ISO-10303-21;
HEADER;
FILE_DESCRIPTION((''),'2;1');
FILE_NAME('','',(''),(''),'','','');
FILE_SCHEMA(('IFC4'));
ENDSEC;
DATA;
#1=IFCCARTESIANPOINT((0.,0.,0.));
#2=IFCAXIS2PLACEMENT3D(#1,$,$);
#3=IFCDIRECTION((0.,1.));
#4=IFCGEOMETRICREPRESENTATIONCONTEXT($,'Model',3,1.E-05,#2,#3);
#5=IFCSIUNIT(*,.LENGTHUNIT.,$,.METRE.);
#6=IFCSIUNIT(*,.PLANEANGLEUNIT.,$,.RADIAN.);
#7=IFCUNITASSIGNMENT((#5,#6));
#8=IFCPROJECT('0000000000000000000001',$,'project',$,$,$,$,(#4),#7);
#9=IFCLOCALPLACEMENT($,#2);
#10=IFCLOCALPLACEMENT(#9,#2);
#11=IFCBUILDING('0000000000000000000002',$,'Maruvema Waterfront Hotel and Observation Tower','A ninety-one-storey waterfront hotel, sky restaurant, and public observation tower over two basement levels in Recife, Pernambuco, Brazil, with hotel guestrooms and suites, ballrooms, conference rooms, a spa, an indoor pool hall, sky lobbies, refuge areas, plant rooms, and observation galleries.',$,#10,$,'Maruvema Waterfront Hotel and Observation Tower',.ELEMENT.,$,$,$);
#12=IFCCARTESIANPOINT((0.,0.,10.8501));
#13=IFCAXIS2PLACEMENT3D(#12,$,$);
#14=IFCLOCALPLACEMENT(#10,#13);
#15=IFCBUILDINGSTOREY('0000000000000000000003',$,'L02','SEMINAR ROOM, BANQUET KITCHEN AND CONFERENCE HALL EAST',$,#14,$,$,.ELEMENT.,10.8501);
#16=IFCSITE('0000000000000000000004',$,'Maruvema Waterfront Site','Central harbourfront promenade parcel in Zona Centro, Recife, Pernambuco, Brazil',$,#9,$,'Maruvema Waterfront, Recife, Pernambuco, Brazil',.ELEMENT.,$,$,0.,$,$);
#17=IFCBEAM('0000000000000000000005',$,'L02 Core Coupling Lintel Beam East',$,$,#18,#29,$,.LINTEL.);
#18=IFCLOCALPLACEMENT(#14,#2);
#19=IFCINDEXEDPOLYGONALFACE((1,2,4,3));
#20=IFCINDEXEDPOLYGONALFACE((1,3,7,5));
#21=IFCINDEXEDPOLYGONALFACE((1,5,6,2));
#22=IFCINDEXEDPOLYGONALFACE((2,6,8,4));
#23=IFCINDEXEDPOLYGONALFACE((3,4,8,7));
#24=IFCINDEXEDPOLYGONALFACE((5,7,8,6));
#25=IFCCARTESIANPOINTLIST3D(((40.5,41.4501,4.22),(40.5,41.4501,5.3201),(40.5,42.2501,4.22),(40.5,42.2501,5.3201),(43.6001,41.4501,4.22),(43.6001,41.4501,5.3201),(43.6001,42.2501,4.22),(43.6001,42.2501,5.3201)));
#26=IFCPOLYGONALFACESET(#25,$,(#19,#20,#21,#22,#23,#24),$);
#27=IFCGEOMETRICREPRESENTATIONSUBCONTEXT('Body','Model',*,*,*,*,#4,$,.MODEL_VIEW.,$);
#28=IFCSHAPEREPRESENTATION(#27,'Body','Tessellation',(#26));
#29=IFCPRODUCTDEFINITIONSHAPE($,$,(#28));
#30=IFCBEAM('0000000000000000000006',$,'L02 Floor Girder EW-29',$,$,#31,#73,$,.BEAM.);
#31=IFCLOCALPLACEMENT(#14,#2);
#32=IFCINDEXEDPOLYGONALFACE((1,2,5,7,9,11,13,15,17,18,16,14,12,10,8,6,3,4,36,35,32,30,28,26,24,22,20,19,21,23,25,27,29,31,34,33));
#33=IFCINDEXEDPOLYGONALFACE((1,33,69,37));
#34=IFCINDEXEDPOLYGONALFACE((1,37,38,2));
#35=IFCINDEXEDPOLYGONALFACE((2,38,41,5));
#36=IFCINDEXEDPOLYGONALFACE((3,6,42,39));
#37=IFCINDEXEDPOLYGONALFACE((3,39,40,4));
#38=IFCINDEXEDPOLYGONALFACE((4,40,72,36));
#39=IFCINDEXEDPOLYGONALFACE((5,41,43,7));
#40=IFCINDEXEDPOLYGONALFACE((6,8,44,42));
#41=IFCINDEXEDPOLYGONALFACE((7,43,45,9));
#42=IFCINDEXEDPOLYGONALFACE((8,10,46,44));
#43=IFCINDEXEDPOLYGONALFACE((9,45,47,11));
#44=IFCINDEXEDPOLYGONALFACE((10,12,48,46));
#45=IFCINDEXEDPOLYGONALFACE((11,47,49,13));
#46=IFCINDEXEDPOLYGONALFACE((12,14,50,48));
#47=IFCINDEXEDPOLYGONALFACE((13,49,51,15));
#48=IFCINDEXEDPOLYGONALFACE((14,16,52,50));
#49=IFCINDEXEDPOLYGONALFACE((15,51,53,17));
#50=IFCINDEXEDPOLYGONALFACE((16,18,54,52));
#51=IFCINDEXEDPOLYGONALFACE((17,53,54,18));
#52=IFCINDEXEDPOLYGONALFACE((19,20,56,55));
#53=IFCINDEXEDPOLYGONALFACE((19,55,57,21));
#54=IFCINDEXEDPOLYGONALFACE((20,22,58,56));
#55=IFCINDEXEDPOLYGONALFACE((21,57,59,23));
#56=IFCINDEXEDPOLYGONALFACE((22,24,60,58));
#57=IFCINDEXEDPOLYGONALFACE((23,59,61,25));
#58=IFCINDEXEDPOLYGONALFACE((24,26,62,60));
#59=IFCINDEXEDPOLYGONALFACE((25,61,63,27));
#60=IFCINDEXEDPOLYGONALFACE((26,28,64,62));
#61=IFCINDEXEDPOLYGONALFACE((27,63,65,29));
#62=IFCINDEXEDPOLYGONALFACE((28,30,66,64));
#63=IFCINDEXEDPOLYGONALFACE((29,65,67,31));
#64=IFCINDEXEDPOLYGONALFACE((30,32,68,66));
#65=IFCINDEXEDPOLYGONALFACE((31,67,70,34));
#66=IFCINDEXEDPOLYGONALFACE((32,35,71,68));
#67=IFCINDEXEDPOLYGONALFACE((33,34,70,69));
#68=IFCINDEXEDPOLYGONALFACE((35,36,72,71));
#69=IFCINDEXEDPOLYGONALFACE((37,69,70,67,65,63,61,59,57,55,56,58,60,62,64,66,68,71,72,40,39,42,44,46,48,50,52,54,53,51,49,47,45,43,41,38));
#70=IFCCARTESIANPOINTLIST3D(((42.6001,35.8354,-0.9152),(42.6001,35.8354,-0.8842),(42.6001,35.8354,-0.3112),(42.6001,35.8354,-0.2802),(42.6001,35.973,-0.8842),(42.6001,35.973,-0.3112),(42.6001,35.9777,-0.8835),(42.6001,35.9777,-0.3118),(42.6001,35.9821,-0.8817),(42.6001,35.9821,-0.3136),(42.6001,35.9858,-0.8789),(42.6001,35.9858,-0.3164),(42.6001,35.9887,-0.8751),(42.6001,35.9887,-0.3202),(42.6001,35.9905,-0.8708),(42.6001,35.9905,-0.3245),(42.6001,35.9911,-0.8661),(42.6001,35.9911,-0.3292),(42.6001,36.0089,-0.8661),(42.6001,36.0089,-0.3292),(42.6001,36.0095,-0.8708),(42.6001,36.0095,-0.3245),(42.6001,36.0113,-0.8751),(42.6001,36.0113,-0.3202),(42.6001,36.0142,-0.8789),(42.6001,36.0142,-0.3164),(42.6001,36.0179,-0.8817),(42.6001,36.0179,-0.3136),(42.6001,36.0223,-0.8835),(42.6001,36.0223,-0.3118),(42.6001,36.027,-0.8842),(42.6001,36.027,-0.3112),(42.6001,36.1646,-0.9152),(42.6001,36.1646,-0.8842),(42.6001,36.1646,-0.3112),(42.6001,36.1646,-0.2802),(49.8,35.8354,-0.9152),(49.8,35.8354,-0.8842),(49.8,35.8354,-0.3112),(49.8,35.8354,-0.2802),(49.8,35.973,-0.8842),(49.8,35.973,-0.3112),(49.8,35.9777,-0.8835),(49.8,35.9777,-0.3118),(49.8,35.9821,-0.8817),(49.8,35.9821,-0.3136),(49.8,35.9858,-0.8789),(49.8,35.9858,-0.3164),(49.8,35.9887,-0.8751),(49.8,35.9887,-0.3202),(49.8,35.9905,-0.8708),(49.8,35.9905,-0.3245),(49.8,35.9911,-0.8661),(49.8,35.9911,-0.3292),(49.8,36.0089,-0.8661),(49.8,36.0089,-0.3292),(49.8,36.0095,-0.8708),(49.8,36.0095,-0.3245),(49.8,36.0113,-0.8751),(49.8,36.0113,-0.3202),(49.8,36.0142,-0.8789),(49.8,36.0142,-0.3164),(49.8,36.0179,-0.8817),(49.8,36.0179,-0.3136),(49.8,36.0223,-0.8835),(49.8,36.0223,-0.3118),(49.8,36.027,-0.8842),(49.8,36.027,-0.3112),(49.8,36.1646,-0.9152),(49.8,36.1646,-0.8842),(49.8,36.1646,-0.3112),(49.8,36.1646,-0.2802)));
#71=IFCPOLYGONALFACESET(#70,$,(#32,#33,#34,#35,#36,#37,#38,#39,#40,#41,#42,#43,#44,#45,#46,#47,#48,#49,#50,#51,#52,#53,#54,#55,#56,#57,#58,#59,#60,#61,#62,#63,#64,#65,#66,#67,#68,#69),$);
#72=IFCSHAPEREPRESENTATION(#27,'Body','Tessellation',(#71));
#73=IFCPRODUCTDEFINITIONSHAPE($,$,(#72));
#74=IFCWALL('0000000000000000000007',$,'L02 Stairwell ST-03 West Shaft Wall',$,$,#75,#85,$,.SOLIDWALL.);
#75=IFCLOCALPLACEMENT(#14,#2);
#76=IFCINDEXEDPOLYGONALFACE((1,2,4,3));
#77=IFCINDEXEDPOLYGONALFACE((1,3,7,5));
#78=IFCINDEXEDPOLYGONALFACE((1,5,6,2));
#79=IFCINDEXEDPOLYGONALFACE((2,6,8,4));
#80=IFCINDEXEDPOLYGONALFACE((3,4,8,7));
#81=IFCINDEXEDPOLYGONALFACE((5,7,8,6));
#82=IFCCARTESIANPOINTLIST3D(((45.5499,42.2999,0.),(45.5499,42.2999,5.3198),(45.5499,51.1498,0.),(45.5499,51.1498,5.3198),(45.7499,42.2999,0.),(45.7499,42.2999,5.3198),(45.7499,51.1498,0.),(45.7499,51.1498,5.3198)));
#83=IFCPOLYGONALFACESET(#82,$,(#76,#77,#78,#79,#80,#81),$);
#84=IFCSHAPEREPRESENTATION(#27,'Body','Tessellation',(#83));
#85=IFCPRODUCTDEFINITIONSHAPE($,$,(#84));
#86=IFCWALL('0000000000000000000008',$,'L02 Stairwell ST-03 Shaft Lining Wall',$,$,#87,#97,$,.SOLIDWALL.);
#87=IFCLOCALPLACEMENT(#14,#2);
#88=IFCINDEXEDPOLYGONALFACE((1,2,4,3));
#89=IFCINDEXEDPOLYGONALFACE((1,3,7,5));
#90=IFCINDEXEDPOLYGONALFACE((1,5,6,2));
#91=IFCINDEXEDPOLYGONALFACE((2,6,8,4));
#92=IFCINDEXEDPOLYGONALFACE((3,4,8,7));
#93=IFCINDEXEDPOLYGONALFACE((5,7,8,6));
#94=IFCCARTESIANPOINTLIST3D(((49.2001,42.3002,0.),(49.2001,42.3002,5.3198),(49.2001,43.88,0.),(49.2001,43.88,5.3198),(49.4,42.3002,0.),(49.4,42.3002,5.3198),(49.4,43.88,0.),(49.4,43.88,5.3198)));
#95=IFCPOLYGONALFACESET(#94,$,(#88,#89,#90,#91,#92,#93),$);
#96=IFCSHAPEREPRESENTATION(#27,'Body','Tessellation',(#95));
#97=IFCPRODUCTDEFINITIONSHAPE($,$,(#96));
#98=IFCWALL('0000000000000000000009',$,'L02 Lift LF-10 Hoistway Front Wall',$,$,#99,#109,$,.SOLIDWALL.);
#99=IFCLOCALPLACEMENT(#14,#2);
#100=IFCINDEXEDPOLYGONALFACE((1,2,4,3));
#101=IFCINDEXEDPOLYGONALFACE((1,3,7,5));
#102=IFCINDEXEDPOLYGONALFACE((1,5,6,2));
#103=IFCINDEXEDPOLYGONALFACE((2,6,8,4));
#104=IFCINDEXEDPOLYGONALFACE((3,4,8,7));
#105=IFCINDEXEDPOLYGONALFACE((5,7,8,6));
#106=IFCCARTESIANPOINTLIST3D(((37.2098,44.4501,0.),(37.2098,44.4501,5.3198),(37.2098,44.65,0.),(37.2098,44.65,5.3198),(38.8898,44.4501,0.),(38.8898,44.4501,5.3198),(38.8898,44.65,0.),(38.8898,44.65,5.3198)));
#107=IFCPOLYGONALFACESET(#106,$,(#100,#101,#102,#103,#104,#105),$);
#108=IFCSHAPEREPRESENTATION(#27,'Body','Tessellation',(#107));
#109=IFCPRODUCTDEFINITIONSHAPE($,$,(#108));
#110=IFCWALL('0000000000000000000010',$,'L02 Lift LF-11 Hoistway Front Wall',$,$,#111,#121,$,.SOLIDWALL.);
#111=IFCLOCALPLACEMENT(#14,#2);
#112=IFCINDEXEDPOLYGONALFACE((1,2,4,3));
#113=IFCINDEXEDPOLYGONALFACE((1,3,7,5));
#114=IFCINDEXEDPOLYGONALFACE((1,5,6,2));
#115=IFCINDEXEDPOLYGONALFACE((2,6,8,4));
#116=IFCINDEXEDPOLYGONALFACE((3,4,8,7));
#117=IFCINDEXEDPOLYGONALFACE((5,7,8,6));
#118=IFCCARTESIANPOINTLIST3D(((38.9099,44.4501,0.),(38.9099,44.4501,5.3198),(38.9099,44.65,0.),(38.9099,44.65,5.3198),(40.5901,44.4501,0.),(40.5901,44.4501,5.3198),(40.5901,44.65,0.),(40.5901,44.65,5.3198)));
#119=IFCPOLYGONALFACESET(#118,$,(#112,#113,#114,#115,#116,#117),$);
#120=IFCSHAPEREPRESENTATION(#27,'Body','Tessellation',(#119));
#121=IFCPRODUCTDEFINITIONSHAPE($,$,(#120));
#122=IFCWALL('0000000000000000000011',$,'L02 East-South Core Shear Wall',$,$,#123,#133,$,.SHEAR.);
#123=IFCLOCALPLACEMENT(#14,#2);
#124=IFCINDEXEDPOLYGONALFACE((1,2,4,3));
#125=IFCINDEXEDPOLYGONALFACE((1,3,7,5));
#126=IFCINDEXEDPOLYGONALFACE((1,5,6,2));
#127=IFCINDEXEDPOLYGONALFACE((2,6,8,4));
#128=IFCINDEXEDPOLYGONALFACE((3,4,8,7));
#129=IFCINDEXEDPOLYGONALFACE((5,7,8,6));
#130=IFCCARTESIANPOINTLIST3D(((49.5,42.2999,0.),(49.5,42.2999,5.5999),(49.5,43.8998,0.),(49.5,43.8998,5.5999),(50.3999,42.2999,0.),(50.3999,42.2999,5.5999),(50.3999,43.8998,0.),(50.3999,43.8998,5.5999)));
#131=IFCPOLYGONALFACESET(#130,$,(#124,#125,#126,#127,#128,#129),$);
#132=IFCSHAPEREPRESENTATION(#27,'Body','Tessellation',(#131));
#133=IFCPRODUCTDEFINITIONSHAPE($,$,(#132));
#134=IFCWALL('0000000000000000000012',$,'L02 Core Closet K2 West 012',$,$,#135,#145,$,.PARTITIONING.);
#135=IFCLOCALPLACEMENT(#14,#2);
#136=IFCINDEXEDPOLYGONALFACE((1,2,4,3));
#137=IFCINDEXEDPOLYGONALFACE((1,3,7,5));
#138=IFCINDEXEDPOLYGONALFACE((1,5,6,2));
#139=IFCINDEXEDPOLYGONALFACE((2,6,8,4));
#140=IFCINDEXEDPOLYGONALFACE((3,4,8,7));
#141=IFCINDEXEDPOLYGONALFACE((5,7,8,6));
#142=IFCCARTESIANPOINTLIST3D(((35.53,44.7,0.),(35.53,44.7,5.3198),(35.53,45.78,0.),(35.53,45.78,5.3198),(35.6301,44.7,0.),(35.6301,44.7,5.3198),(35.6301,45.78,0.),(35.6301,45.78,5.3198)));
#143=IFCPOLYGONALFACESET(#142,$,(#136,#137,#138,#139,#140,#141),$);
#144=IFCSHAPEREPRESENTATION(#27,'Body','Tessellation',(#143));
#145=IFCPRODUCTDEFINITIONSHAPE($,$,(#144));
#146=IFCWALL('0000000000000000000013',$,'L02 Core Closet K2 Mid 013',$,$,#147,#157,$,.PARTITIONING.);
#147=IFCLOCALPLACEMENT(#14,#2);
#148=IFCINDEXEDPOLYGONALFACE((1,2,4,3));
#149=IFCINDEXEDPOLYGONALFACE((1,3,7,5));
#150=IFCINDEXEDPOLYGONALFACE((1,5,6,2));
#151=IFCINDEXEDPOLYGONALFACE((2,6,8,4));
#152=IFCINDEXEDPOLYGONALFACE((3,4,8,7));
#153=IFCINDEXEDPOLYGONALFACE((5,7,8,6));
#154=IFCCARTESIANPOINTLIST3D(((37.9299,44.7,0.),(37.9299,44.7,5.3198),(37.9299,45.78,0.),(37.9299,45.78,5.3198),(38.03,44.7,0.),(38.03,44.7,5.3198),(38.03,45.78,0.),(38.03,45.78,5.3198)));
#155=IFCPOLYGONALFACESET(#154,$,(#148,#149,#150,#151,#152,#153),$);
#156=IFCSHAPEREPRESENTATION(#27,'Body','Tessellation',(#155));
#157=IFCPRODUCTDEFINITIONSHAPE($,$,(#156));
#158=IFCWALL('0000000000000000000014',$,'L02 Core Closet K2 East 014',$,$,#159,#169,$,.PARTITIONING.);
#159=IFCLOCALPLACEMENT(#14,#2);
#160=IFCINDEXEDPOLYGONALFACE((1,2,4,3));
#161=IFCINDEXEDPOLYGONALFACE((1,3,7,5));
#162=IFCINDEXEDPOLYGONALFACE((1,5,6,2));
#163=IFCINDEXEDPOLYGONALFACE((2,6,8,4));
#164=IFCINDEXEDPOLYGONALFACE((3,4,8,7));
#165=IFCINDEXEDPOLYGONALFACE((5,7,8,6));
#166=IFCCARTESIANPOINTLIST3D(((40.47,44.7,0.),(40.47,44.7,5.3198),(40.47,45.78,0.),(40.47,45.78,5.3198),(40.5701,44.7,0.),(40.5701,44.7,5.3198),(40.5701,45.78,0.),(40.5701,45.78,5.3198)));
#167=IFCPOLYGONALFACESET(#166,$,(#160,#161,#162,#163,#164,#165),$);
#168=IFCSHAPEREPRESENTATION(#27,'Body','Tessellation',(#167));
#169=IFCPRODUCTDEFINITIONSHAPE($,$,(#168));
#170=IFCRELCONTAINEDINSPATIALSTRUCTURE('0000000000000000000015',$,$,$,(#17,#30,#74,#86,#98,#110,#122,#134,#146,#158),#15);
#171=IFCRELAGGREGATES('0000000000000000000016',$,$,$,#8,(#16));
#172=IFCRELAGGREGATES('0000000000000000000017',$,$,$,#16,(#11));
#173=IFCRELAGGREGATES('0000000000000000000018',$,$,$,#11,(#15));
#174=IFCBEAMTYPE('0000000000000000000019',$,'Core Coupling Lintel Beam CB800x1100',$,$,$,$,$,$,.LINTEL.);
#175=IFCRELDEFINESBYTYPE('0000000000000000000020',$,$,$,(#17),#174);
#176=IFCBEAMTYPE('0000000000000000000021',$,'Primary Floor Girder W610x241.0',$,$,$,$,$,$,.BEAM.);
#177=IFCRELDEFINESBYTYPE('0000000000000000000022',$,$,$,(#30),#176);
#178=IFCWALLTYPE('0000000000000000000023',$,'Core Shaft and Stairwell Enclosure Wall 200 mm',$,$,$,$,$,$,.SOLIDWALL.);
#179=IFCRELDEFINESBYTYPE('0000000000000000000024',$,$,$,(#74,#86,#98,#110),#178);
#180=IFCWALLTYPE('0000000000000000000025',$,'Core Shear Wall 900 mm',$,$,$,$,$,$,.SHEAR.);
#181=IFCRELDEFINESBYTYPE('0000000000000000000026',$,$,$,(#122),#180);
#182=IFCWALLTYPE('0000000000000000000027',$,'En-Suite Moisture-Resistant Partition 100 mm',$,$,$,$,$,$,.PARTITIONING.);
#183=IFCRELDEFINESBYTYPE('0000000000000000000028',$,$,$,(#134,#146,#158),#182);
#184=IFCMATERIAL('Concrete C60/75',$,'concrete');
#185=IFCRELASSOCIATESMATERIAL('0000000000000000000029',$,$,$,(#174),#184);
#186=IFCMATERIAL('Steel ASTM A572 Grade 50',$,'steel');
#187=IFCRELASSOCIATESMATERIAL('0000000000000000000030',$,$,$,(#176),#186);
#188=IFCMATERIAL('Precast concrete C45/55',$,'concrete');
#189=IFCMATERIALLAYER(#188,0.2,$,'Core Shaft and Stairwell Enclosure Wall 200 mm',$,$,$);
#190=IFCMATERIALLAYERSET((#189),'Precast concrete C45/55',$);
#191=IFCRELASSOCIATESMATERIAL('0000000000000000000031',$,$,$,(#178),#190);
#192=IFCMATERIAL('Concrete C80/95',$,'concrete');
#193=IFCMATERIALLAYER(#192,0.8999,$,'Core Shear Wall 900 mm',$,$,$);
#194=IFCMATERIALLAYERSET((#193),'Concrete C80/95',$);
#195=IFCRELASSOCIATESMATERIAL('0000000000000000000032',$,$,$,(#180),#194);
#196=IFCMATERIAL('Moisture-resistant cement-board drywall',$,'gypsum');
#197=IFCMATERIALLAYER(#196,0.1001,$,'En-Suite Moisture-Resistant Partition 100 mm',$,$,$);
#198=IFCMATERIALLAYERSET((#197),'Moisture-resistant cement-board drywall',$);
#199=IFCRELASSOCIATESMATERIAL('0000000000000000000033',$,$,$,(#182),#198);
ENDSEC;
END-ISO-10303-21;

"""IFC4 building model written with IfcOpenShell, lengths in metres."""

from ifc_helpers import new_model, si_unit, direction, frame, frame_2d, origin, origin_2d, place, context, subcontext, project, spatial, rectangle, i_section, extrude, material, layer, layer_set, material_profile, profile_set, type_object, element, save


model = new_model("IFC4")

# Units and contexts
model_context = context("Model", 3, precision=1e-05, world=origin(), true_north=direction((0.0, 1.0)))
body_context = subcontext(model_context, "Body", "Model", "MODEL_VIEW")
ifc_project = project(units=[si_unit("LENGTHUNIT", "METRE"), si_unit("PLANEANGLEUNIT", "RADIAN")], contexts=[model_context])

# Site, building, storey
site_placement = place(None, origin())
site = spatial("IfcSite", under=ifc_project, at=site_placement, Name="Maruvema Waterfront Site", Description="Central harbourfront promenade parcel in Zona Centro, Recife, Pernambuco, Brazil", LongName="Maruvema Waterfront, Recife, Pernambuco, Brazil", CompositionType="ELEMENT", RefElevation=0.0)
building_placement = place(site_placement, origin())
building = spatial("IfcBuilding", under=site, at=building_placement, Name="Maruvema Waterfront Hotel and Observation Tower", Description="A ninety-one-storey waterfront hotel, sky restaurant, and public observation tower over two basement levels in Recife, Pernambuco, Brazil, with hotel guestrooms and suites, ballrooms, conference rooms, a spa, an indoor pool hall, sky lobbies, refuge areas, plant rooms, and observation galleries.", LongName="Maruvema Waterfront Hotel and Observation Tower", CompositionType="ELEMENT")
storey_placement = place(building_placement, frame((0.0, 0.0, 10.8501)))
storey = spatial("IfcBuildingStorey", under=building, at=storey_placement, Name="L02", Description="SEMINAR ROOM, BANQUET KITCHEN AND CONFERENCE HALL EAST", CompositionType="ELEMENT", Elevation=10.8501)

# Beams
ifc_material_1 = material(Name="Concrete C60/75", Category="concrete")
ifc_material_profile_1 = material_profile(ifc_material_1, rectangle(XDim=0.8, YDim=1.1001, at=origin_2d()), Name="CB800x1100")
ifc_profile_set_1 = profile_set([ifc_material_profile_1], Name="Concrete C60/75")
beam_type_1 = type_object("IfcBeamType", Name="Core Coupling Lintel Beam CB800x1100", PredefinedType="LINTEL", material=ifc_profile_set_1)
beam_1_placement = place(storey_placement, frame((40.5, 41.8501, 4.77), z_axis=(1.0, 0.0, 0.0), x_axis=(0.0, 1.0, 0.0)))
element("IfcBeam", 1, at=beam_1_placement, inside=storey, type_object=beam_type_1, Name="L02 Core Coupling Lintel Beam East", PredefinedType="LINTEL", context=body_context, shape_type="SweptSolid", body=[
    extrude(rectangle(XDim=0.8, YDim=1.1001, at=origin_2d()), origin(), (0.0, 0.0, 1.0), 3.1001),
])
ifc_material_2 = material(Name="Steel ASTM A572 Grade 50", Category="steel")
ifc_material_profile_2 = material_profile(ifc_material_2, i_section(OverallWidth=0.3291, OverallDepth=0.635, WebThickness=0.0178, FlangeThickness=0.031, FilletRadius=0.0181, at=origin_2d()), Name="W610x241.0")
ifc_profile_set_2 = profile_set([ifc_material_profile_2], Name="Steel ASTM A572 Grade 50")
beam_type_2 = type_object("IfcBeamType", Name="Primary Floor Girder W610x241.0", PredefinedType="BEAM", material=ifc_profile_set_2)
beam_2_placement = place(storey_placement, frame((42.6001, 36.0, -0.5977), z_axis=(1.0, 0.0, 0.0), x_axis=(0.0, 1.0, 0.0)))
element("IfcBeam", 2, at=beam_2_placement, inside=storey, type_object=beam_type_2, Name="L02 Floor Girder EW-29", PredefinedType="BEAM", context=body_context, shape_type="SweptSolid", body=[
    extrude(i_section(OverallWidth=0.3291, OverallDepth=0.635, WebThickness=0.0178, FlangeThickness=0.031, FilletRadius=0.0181, at=origin_2d()), origin(), (0.0, 0.0, 1.0), 7.2),
])

# Walls
ifc_material_3 = material(Name="Precast concrete C45/55", Category="concrete")
ifc_layer_1 = layer(ifc_material_3, 0.2, Name="Core Shaft and Stairwell Enclosure Wall 200 mm")
ifc_layer_set_1 = layer_set([ifc_layer_1], Name="Precast concrete C45/55")
wall_type_1 = type_object("IfcWallType", Name="Core Shaft and Stairwell Enclosure Wall 200 mm", PredefinedType="SOLIDWALL", material=ifc_layer_set_1)
wall_1_placement = place(storey_placement, frame((45.6499, 42.3, 0.0), z_axis=(0.0, 0.0, 1.0), x_axis=(0.0, 1.0, 0.0)))
element("IfcWall", 3, at=wall_1_placement, inside=storey, type_object=wall_type_1, Name="L02 Stairwell ST-03 West Shaft Wall", PredefinedType="SOLIDWALL", context=body_context, shape_type="SweptSolid", body=[
    extrude(rectangle(XDim=8.8499, YDim=0.2, at=frame_2d((4.4248, 0.0))), origin(), (0.0, 0.0, 1.0), 5.3198),
])
wall_2_placement = place(storey_placement, frame((49.3, 42.3, 0.0), z_axis=(0.0, 0.0, 1.0), x_axis=(0.0, 1.0, 0.0)))
element("IfcWall", 4, at=wall_2_placement, inside=storey, type_object=wall_type_1, Name="L02 Stairwell ST-03 Shaft Lining Wall", PredefinedType="SOLIDWALL", context=body_context, shape_type="SweptSolid", body=[
    extrude(rectangle(XDim=1.5798, YDim=0.2, at=frame_2d((0.79, 0.0))), origin(), (0.0, 0.0, 1.0), 5.3198),
])
wall_3_placement = place(storey_placement, frame((37.21, 44.55, 0.0), z_axis=(0.0, 0.0, 1.0), x_axis=(1.0, 0.0, 0.0)))
element("IfcWall", 5, at=wall_3_placement, inside=storey, type_object=wall_type_1, Name="L02 Lift LF-10 Hoistway Front Wall", PredefinedType="SOLIDWALL", context=body_context, shape_type="SweptSolid", body=[
    extrude(rectangle(XDim=1.6799, YDim=0.2, at=frame_2d((0.8398, 0.0))), origin(), (0.0, 0.0, 1.0), 5.3198),
])
wall_4_placement = place(storey_placement, frame((38.9099, 44.55, 0.0), z_axis=(0.0, 0.0, 1.0), x_axis=(1.0, 0.0, 0.0)))
element("IfcWall", 6, at=wall_4_placement, inside=storey, type_object=wall_type_1, Name="L02 Lift LF-11 Hoistway Front Wall", PredefinedType="SOLIDWALL", context=body_context, shape_type="SweptSolid", body=[
    extrude(rectangle(XDim=1.6802, YDim=0.2, at=frame_2d((0.8401, 0.0))), origin(), (0.0, 0.0, 1.0), 5.3198),
])

# Shared definitions
ifc_material_4 = material(Name="Concrete C80/95", Category="concrete")
ifc_layer_2 = layer(ifc_material_4, 0.8999, Name="Core Shear Wall 900 mm")
ifc_layer_set_2 = layer_set([ifc_layer_2], Name="Concrete C80/95")
wall_type_2 = type_object("IfcWallType", Name="Core Shear Wall 900 mm", PredefinedType="SHEAR", material=ifc_layer_set_2)

# Walls
wall_5_placement = place(storey_placement, frame((49.95, 42.3, 0.0), z_axis=(0.0, 0.0, 1.0), x_axis=(0.0, 1.0, 0.0)))
element("IfcWall", 7, at=wall_5_placement, inside=storey, type_object=wall_type_2, Name="L02 East-South Core Shear Wall", PredefinedType="SHEAR", context=body_context, shape_type="SweptSolid", body=[
    extrude(rectangle(XDim=1.5999, YDim=0.8999, at=frame_2d((0.7998, 0.0))), origin(), (0.0, 0.0, 1.0), 5.5999),
])
ifc_material_5 = material(Name="Moisture-resistant cement-board drywall", Category="gypsum")
ifc_layer_3 = layer(ifc_material_5, 0.1001, Name="En-Suite Moisture-Resistant Partition 100 mm")
ifc_layer_set_3 = layer_set([ifc_layer_3], Name="Moisture-resistant cement-board drywall")
wall_type_3 = type_object("IfcWallType", Name="En-Suite Moisture-Resistant Partition 100 mm", PredefinedType="PARTITIONING", material=ifc_layer_set_3)
for number, where, z_axis, x_axis, name in (
    (8, (35.5801, 44.7, 0.0), (0.0, 0.0, 1.0), (0.0, 1.0, 0.0), "L02 Core Closet K2 West 012"),
    (9, (37.98, 44.7, 0.0), (0.0, 0.0, 1.0), (0.0, 1.0, 0.0), "L02 Core Closet K2 Mid 013"),
    (10, (40.52, 44.7, 0.0), (0.0, 0.0, 1.0), (0.0, 1.0, 0.0), "L02 Core Closet K2 East 014"),
):
    element("IfcWall", number, at=place(storey_placement, frame(where, z_axis=z_axis, x_axis=x_axis)), inside=storey, type_object=wall_type_3, Name=name, PredefinedType="PARTITIONING", context=body_context, shape_type="SweptSolid", body=[
        extrude(rectangle(XDim=1.0801, YDim=0.1001, at=frame_2d((0.54, 0.0))), origin(), (0.0, 0.0, 1.0), 5.3198),
    ])

save(model, "model.ifc")
